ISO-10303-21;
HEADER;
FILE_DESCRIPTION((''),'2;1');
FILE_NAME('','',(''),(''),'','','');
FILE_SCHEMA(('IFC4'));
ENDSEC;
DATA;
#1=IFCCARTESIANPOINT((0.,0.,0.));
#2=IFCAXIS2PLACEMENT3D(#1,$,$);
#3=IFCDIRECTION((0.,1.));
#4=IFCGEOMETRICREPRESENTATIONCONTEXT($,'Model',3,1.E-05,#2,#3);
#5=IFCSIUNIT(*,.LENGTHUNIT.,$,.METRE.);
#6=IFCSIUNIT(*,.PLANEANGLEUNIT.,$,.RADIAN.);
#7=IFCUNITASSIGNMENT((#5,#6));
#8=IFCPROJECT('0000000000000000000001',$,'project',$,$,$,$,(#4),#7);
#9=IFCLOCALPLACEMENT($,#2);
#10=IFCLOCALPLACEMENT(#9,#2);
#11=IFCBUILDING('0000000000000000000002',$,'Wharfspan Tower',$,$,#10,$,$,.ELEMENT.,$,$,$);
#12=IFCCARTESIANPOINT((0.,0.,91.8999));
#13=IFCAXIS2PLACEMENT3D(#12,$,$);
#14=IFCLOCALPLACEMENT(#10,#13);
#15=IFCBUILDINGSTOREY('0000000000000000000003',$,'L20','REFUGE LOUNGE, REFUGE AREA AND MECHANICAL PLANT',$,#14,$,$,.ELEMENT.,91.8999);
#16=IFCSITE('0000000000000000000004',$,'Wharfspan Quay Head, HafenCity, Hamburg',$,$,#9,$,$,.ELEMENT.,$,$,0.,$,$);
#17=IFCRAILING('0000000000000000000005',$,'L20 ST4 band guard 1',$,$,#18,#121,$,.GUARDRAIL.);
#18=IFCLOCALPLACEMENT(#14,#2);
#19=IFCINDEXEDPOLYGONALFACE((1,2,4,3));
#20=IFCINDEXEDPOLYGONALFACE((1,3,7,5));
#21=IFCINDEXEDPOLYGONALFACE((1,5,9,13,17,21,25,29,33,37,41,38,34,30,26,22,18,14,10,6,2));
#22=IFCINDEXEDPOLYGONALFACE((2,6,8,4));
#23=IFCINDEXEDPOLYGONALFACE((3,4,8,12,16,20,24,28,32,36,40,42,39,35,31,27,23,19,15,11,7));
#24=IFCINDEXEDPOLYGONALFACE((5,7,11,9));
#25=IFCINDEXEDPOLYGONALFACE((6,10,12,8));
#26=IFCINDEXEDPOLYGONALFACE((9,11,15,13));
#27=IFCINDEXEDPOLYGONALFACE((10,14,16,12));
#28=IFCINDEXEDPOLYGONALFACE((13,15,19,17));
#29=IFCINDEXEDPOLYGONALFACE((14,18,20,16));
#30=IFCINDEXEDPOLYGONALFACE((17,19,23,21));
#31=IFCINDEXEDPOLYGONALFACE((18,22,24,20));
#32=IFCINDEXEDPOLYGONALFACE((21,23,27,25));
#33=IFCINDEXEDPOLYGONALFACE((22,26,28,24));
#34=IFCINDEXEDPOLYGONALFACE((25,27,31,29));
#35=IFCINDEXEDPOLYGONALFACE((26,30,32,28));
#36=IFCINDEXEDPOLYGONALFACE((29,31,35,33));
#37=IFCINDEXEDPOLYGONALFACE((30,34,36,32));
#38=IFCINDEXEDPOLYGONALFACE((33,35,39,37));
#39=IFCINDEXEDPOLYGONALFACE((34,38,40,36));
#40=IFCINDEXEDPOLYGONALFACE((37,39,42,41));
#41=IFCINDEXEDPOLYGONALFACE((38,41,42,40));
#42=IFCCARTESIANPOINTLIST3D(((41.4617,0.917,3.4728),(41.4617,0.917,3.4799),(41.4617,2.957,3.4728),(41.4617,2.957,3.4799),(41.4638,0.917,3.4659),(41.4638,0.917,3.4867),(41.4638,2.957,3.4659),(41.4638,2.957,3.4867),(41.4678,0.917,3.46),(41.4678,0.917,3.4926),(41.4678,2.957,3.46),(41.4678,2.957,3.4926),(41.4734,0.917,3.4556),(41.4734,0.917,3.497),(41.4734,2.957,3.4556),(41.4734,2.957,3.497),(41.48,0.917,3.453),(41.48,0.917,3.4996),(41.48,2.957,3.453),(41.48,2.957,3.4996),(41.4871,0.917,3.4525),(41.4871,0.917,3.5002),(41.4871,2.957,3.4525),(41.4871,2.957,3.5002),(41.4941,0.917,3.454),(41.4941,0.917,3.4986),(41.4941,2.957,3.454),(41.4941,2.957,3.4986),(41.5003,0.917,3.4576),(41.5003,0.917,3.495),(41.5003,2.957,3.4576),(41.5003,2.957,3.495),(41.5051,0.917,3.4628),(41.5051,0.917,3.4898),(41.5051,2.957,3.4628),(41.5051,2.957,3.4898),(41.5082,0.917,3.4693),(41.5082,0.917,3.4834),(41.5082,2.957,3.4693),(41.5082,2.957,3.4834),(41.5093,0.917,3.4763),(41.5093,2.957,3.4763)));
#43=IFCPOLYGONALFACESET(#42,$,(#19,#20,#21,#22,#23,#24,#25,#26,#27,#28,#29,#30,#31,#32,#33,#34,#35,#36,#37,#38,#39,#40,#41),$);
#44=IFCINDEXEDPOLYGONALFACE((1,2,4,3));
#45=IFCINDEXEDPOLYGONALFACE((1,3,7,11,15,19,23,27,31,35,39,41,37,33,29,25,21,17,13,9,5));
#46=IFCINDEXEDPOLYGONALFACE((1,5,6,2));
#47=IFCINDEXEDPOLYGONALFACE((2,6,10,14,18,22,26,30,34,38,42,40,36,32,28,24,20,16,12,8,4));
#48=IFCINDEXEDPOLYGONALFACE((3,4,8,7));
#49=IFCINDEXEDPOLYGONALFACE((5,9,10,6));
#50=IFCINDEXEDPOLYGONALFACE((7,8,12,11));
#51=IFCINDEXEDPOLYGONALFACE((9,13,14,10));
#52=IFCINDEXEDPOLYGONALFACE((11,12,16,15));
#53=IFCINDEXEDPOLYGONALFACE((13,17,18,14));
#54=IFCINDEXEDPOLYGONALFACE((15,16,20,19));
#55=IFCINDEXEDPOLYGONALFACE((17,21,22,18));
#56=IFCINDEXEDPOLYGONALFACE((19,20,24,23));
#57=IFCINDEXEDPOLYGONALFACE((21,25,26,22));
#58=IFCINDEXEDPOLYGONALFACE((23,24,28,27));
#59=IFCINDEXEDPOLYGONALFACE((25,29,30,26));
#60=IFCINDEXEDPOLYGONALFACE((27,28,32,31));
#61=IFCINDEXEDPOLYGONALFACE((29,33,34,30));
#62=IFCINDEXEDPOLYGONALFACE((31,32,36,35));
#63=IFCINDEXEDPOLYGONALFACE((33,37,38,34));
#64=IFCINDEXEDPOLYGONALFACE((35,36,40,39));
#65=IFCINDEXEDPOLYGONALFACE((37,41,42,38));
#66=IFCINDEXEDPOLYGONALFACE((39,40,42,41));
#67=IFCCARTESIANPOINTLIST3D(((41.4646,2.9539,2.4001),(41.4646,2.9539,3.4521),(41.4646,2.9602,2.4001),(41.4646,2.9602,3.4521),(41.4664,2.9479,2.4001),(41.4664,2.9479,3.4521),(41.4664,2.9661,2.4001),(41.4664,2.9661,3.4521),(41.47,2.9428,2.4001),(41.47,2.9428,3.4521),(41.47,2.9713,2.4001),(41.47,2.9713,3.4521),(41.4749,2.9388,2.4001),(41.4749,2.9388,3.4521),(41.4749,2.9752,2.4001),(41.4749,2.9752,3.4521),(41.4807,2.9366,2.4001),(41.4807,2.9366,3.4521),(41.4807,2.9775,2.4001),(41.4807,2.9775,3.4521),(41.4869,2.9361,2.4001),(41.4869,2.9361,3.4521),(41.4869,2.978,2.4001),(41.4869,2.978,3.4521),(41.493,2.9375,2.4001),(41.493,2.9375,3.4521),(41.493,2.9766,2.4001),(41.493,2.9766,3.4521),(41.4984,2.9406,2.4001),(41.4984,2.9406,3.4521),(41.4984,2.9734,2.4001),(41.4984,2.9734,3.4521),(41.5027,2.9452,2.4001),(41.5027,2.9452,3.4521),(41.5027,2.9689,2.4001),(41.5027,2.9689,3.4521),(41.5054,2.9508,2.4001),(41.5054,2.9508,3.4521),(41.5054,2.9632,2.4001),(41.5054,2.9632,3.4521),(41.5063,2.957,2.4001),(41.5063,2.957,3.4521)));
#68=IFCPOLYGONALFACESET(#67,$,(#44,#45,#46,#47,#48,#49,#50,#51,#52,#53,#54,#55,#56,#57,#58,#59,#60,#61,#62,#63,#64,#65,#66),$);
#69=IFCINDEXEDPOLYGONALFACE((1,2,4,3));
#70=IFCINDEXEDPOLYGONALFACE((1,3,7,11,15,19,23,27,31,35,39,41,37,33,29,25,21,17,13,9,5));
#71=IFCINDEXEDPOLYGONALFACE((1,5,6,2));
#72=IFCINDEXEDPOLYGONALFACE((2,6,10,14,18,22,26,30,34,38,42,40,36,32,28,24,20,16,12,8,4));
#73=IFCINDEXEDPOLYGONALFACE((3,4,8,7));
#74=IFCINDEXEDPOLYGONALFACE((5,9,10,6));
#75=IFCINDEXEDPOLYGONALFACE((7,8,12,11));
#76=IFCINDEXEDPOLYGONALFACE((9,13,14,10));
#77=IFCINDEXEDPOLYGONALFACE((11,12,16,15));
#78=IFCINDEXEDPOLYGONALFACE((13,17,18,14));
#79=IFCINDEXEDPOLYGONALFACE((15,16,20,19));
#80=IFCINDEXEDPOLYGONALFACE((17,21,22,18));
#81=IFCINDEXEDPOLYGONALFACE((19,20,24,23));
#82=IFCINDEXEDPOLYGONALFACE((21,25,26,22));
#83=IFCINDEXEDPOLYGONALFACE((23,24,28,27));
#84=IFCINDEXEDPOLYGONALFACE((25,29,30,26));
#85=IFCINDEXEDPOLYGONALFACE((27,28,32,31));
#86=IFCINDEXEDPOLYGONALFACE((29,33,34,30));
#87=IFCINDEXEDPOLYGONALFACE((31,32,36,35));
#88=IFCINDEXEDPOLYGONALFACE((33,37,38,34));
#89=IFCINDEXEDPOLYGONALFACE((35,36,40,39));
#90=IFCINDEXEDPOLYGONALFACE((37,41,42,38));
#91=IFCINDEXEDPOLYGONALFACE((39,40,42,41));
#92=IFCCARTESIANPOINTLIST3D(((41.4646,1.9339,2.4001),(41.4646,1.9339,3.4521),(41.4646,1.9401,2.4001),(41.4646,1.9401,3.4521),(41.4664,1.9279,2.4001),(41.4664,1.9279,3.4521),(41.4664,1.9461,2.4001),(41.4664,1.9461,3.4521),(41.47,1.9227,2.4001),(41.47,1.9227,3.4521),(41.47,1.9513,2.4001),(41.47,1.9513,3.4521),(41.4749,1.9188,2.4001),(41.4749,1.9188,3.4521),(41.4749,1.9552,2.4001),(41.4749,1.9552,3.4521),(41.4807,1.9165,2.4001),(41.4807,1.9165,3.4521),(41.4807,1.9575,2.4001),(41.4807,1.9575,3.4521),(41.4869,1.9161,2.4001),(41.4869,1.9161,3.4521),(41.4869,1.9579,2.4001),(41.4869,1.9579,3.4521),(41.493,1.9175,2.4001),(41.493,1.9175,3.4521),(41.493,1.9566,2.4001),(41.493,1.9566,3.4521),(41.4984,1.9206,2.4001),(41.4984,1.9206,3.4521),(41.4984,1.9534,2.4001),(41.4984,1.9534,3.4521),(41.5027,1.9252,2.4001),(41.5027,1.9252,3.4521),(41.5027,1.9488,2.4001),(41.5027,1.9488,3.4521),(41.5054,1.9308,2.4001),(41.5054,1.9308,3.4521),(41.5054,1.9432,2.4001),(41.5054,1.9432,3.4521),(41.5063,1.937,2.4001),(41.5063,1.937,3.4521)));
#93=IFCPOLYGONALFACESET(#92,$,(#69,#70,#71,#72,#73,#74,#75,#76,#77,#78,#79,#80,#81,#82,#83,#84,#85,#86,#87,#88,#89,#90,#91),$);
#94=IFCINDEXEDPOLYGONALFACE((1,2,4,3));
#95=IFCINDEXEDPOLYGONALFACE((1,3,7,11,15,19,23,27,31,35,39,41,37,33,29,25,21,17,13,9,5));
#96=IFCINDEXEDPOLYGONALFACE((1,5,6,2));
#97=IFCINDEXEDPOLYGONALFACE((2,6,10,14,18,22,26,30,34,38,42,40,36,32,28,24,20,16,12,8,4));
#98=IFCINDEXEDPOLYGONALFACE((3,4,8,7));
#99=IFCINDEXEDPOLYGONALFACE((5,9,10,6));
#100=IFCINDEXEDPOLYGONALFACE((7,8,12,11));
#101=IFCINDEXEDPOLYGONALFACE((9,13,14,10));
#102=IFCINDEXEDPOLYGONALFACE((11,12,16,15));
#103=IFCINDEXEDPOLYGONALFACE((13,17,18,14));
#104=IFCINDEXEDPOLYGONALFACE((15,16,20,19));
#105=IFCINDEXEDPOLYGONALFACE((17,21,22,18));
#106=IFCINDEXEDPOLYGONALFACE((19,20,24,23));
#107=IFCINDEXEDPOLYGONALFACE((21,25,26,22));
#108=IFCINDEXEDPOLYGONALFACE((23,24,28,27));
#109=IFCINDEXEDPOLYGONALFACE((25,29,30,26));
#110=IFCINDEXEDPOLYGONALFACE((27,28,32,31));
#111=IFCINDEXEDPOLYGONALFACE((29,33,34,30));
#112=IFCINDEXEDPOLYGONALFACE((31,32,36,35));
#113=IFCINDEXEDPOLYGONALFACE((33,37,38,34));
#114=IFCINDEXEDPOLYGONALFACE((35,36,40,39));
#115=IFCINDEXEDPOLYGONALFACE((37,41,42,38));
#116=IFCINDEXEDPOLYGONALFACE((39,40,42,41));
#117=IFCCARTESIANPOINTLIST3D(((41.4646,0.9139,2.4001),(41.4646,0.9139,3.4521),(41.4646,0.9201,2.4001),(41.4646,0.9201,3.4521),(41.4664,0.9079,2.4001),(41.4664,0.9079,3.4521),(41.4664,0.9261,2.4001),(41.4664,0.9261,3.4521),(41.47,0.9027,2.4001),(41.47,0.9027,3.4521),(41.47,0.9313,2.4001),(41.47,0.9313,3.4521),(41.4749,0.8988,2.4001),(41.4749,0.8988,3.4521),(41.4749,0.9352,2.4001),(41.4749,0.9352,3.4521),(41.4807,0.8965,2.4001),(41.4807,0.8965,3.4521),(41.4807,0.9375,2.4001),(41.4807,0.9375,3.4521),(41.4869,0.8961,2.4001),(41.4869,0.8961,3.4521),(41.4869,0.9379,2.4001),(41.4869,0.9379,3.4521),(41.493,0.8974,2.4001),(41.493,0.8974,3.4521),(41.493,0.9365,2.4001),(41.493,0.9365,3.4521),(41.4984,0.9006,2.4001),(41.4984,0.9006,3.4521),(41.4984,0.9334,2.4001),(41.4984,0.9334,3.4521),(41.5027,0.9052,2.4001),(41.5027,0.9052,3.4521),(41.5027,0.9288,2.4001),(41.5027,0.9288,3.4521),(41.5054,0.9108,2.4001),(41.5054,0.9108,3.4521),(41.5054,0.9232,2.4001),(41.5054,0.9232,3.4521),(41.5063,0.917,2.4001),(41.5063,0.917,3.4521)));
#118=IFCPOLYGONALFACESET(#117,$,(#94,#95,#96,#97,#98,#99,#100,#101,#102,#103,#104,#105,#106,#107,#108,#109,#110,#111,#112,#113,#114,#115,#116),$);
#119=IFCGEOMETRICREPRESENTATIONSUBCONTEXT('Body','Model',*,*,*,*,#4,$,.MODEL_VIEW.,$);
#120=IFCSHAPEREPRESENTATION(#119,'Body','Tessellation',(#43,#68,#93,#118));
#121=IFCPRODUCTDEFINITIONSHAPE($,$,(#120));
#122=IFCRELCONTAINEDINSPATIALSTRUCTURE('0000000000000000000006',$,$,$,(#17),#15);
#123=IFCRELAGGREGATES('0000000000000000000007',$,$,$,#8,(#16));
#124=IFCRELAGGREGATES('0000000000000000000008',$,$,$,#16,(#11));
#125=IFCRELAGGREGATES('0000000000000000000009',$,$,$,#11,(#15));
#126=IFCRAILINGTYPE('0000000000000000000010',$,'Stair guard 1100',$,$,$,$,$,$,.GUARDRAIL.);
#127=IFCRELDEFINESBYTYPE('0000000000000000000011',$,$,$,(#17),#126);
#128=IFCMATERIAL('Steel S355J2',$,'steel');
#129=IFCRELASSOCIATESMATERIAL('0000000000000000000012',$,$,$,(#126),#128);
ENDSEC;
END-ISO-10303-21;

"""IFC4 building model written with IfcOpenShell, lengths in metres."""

from ifc_helpers import new_model, si_unit, direction, frame, origin, origin_2d, place, context, subcontext, project, spatial, circle, extrude, material, type_object, element, save


model = new_model("IFC4")

# Units and contexts
model_context = context("Model", 3, precision=1e-05, world=origin(), true_north=direction((0.0, 1.0)))
body_context = subcontext(model_context, "Body", "Model", "MODEL_VIEW")
ifc_project = project(units=[si_unit("LENGTHUNIT", "METRE"), si_unit("PLANEANGLEUNIT", "RADIAN")], contexts=[model_context])

# Site, building, storey
site_placement = place(None, origin())
site = spatial("IfcSite", under=ifc_project, at=site_placement, Name="Wharfspan Quay Head, HafenCity, Hamburg", CompositionType="ELEMENT", RefElevation=0.0)
building_placement = place(site_placement, origin())
building = spatial("IfcBuilding", under=site, at=building_placement, Name="Wharfspan Tower", CompositionType="ELEMENT")
storey_placement = place(building_placement, frame((0.0, 0.0, 91.8999)))
storey = spatial("IfcBuildingStorey", under=building, at=storey_placement, Name="L20", Description="REFUGE LOUNGE, REFUGE AREA AND MECHANICAL PLANT", CompositionType="ELEMENT", Elevation=91.8999)

# Railing
ifc_material_1 = material(Name="Steel S355J2", Category="steel")
railing_type_1 = type_object("IfcRailingType", Name="Stair guard 1100", PredefinedType="GUARDRAIL", material=ifc_material_1)
railing_1_placement = place(storey_placement, frame((41.4854, 2.957, 2.4001)))
element("IfcRailing", 1, at=railing_1_placement, inside=storey, type_object=railing_type_1, Name="L20 ST4 band guard 1", PredefinedType="GUARDRAIL", context=body_context, shape_type="SweptSolid", body=[
    extrude(circle(Radius=0.0239, at=origin_2d()), frame((0.0, 0.0, 1.0762), z_axis=(0.0, -1.0, 0.0), x_axis=(1.0, 0.0, 0.0)), (0.0, 0.0, 1.0), 2.04),
    extrude(circle(Radius=0.021, at=origin_2d()), origin(), (0.0, 0.0, 1.0), 1.052),
    extrude(circle(Radius=0.021, at=origin_2d()), frame((0.0, -1.02, 0.0)), (0.0, 0.0, 1.0), 1.052),
    extrude(circle(Radius=0.021, at=origin_2d()), frame((0.0, -2.04, 0.0)), (0.0, 0.0, 1.0), 1.052),
])

save(model, "model.ifc")
